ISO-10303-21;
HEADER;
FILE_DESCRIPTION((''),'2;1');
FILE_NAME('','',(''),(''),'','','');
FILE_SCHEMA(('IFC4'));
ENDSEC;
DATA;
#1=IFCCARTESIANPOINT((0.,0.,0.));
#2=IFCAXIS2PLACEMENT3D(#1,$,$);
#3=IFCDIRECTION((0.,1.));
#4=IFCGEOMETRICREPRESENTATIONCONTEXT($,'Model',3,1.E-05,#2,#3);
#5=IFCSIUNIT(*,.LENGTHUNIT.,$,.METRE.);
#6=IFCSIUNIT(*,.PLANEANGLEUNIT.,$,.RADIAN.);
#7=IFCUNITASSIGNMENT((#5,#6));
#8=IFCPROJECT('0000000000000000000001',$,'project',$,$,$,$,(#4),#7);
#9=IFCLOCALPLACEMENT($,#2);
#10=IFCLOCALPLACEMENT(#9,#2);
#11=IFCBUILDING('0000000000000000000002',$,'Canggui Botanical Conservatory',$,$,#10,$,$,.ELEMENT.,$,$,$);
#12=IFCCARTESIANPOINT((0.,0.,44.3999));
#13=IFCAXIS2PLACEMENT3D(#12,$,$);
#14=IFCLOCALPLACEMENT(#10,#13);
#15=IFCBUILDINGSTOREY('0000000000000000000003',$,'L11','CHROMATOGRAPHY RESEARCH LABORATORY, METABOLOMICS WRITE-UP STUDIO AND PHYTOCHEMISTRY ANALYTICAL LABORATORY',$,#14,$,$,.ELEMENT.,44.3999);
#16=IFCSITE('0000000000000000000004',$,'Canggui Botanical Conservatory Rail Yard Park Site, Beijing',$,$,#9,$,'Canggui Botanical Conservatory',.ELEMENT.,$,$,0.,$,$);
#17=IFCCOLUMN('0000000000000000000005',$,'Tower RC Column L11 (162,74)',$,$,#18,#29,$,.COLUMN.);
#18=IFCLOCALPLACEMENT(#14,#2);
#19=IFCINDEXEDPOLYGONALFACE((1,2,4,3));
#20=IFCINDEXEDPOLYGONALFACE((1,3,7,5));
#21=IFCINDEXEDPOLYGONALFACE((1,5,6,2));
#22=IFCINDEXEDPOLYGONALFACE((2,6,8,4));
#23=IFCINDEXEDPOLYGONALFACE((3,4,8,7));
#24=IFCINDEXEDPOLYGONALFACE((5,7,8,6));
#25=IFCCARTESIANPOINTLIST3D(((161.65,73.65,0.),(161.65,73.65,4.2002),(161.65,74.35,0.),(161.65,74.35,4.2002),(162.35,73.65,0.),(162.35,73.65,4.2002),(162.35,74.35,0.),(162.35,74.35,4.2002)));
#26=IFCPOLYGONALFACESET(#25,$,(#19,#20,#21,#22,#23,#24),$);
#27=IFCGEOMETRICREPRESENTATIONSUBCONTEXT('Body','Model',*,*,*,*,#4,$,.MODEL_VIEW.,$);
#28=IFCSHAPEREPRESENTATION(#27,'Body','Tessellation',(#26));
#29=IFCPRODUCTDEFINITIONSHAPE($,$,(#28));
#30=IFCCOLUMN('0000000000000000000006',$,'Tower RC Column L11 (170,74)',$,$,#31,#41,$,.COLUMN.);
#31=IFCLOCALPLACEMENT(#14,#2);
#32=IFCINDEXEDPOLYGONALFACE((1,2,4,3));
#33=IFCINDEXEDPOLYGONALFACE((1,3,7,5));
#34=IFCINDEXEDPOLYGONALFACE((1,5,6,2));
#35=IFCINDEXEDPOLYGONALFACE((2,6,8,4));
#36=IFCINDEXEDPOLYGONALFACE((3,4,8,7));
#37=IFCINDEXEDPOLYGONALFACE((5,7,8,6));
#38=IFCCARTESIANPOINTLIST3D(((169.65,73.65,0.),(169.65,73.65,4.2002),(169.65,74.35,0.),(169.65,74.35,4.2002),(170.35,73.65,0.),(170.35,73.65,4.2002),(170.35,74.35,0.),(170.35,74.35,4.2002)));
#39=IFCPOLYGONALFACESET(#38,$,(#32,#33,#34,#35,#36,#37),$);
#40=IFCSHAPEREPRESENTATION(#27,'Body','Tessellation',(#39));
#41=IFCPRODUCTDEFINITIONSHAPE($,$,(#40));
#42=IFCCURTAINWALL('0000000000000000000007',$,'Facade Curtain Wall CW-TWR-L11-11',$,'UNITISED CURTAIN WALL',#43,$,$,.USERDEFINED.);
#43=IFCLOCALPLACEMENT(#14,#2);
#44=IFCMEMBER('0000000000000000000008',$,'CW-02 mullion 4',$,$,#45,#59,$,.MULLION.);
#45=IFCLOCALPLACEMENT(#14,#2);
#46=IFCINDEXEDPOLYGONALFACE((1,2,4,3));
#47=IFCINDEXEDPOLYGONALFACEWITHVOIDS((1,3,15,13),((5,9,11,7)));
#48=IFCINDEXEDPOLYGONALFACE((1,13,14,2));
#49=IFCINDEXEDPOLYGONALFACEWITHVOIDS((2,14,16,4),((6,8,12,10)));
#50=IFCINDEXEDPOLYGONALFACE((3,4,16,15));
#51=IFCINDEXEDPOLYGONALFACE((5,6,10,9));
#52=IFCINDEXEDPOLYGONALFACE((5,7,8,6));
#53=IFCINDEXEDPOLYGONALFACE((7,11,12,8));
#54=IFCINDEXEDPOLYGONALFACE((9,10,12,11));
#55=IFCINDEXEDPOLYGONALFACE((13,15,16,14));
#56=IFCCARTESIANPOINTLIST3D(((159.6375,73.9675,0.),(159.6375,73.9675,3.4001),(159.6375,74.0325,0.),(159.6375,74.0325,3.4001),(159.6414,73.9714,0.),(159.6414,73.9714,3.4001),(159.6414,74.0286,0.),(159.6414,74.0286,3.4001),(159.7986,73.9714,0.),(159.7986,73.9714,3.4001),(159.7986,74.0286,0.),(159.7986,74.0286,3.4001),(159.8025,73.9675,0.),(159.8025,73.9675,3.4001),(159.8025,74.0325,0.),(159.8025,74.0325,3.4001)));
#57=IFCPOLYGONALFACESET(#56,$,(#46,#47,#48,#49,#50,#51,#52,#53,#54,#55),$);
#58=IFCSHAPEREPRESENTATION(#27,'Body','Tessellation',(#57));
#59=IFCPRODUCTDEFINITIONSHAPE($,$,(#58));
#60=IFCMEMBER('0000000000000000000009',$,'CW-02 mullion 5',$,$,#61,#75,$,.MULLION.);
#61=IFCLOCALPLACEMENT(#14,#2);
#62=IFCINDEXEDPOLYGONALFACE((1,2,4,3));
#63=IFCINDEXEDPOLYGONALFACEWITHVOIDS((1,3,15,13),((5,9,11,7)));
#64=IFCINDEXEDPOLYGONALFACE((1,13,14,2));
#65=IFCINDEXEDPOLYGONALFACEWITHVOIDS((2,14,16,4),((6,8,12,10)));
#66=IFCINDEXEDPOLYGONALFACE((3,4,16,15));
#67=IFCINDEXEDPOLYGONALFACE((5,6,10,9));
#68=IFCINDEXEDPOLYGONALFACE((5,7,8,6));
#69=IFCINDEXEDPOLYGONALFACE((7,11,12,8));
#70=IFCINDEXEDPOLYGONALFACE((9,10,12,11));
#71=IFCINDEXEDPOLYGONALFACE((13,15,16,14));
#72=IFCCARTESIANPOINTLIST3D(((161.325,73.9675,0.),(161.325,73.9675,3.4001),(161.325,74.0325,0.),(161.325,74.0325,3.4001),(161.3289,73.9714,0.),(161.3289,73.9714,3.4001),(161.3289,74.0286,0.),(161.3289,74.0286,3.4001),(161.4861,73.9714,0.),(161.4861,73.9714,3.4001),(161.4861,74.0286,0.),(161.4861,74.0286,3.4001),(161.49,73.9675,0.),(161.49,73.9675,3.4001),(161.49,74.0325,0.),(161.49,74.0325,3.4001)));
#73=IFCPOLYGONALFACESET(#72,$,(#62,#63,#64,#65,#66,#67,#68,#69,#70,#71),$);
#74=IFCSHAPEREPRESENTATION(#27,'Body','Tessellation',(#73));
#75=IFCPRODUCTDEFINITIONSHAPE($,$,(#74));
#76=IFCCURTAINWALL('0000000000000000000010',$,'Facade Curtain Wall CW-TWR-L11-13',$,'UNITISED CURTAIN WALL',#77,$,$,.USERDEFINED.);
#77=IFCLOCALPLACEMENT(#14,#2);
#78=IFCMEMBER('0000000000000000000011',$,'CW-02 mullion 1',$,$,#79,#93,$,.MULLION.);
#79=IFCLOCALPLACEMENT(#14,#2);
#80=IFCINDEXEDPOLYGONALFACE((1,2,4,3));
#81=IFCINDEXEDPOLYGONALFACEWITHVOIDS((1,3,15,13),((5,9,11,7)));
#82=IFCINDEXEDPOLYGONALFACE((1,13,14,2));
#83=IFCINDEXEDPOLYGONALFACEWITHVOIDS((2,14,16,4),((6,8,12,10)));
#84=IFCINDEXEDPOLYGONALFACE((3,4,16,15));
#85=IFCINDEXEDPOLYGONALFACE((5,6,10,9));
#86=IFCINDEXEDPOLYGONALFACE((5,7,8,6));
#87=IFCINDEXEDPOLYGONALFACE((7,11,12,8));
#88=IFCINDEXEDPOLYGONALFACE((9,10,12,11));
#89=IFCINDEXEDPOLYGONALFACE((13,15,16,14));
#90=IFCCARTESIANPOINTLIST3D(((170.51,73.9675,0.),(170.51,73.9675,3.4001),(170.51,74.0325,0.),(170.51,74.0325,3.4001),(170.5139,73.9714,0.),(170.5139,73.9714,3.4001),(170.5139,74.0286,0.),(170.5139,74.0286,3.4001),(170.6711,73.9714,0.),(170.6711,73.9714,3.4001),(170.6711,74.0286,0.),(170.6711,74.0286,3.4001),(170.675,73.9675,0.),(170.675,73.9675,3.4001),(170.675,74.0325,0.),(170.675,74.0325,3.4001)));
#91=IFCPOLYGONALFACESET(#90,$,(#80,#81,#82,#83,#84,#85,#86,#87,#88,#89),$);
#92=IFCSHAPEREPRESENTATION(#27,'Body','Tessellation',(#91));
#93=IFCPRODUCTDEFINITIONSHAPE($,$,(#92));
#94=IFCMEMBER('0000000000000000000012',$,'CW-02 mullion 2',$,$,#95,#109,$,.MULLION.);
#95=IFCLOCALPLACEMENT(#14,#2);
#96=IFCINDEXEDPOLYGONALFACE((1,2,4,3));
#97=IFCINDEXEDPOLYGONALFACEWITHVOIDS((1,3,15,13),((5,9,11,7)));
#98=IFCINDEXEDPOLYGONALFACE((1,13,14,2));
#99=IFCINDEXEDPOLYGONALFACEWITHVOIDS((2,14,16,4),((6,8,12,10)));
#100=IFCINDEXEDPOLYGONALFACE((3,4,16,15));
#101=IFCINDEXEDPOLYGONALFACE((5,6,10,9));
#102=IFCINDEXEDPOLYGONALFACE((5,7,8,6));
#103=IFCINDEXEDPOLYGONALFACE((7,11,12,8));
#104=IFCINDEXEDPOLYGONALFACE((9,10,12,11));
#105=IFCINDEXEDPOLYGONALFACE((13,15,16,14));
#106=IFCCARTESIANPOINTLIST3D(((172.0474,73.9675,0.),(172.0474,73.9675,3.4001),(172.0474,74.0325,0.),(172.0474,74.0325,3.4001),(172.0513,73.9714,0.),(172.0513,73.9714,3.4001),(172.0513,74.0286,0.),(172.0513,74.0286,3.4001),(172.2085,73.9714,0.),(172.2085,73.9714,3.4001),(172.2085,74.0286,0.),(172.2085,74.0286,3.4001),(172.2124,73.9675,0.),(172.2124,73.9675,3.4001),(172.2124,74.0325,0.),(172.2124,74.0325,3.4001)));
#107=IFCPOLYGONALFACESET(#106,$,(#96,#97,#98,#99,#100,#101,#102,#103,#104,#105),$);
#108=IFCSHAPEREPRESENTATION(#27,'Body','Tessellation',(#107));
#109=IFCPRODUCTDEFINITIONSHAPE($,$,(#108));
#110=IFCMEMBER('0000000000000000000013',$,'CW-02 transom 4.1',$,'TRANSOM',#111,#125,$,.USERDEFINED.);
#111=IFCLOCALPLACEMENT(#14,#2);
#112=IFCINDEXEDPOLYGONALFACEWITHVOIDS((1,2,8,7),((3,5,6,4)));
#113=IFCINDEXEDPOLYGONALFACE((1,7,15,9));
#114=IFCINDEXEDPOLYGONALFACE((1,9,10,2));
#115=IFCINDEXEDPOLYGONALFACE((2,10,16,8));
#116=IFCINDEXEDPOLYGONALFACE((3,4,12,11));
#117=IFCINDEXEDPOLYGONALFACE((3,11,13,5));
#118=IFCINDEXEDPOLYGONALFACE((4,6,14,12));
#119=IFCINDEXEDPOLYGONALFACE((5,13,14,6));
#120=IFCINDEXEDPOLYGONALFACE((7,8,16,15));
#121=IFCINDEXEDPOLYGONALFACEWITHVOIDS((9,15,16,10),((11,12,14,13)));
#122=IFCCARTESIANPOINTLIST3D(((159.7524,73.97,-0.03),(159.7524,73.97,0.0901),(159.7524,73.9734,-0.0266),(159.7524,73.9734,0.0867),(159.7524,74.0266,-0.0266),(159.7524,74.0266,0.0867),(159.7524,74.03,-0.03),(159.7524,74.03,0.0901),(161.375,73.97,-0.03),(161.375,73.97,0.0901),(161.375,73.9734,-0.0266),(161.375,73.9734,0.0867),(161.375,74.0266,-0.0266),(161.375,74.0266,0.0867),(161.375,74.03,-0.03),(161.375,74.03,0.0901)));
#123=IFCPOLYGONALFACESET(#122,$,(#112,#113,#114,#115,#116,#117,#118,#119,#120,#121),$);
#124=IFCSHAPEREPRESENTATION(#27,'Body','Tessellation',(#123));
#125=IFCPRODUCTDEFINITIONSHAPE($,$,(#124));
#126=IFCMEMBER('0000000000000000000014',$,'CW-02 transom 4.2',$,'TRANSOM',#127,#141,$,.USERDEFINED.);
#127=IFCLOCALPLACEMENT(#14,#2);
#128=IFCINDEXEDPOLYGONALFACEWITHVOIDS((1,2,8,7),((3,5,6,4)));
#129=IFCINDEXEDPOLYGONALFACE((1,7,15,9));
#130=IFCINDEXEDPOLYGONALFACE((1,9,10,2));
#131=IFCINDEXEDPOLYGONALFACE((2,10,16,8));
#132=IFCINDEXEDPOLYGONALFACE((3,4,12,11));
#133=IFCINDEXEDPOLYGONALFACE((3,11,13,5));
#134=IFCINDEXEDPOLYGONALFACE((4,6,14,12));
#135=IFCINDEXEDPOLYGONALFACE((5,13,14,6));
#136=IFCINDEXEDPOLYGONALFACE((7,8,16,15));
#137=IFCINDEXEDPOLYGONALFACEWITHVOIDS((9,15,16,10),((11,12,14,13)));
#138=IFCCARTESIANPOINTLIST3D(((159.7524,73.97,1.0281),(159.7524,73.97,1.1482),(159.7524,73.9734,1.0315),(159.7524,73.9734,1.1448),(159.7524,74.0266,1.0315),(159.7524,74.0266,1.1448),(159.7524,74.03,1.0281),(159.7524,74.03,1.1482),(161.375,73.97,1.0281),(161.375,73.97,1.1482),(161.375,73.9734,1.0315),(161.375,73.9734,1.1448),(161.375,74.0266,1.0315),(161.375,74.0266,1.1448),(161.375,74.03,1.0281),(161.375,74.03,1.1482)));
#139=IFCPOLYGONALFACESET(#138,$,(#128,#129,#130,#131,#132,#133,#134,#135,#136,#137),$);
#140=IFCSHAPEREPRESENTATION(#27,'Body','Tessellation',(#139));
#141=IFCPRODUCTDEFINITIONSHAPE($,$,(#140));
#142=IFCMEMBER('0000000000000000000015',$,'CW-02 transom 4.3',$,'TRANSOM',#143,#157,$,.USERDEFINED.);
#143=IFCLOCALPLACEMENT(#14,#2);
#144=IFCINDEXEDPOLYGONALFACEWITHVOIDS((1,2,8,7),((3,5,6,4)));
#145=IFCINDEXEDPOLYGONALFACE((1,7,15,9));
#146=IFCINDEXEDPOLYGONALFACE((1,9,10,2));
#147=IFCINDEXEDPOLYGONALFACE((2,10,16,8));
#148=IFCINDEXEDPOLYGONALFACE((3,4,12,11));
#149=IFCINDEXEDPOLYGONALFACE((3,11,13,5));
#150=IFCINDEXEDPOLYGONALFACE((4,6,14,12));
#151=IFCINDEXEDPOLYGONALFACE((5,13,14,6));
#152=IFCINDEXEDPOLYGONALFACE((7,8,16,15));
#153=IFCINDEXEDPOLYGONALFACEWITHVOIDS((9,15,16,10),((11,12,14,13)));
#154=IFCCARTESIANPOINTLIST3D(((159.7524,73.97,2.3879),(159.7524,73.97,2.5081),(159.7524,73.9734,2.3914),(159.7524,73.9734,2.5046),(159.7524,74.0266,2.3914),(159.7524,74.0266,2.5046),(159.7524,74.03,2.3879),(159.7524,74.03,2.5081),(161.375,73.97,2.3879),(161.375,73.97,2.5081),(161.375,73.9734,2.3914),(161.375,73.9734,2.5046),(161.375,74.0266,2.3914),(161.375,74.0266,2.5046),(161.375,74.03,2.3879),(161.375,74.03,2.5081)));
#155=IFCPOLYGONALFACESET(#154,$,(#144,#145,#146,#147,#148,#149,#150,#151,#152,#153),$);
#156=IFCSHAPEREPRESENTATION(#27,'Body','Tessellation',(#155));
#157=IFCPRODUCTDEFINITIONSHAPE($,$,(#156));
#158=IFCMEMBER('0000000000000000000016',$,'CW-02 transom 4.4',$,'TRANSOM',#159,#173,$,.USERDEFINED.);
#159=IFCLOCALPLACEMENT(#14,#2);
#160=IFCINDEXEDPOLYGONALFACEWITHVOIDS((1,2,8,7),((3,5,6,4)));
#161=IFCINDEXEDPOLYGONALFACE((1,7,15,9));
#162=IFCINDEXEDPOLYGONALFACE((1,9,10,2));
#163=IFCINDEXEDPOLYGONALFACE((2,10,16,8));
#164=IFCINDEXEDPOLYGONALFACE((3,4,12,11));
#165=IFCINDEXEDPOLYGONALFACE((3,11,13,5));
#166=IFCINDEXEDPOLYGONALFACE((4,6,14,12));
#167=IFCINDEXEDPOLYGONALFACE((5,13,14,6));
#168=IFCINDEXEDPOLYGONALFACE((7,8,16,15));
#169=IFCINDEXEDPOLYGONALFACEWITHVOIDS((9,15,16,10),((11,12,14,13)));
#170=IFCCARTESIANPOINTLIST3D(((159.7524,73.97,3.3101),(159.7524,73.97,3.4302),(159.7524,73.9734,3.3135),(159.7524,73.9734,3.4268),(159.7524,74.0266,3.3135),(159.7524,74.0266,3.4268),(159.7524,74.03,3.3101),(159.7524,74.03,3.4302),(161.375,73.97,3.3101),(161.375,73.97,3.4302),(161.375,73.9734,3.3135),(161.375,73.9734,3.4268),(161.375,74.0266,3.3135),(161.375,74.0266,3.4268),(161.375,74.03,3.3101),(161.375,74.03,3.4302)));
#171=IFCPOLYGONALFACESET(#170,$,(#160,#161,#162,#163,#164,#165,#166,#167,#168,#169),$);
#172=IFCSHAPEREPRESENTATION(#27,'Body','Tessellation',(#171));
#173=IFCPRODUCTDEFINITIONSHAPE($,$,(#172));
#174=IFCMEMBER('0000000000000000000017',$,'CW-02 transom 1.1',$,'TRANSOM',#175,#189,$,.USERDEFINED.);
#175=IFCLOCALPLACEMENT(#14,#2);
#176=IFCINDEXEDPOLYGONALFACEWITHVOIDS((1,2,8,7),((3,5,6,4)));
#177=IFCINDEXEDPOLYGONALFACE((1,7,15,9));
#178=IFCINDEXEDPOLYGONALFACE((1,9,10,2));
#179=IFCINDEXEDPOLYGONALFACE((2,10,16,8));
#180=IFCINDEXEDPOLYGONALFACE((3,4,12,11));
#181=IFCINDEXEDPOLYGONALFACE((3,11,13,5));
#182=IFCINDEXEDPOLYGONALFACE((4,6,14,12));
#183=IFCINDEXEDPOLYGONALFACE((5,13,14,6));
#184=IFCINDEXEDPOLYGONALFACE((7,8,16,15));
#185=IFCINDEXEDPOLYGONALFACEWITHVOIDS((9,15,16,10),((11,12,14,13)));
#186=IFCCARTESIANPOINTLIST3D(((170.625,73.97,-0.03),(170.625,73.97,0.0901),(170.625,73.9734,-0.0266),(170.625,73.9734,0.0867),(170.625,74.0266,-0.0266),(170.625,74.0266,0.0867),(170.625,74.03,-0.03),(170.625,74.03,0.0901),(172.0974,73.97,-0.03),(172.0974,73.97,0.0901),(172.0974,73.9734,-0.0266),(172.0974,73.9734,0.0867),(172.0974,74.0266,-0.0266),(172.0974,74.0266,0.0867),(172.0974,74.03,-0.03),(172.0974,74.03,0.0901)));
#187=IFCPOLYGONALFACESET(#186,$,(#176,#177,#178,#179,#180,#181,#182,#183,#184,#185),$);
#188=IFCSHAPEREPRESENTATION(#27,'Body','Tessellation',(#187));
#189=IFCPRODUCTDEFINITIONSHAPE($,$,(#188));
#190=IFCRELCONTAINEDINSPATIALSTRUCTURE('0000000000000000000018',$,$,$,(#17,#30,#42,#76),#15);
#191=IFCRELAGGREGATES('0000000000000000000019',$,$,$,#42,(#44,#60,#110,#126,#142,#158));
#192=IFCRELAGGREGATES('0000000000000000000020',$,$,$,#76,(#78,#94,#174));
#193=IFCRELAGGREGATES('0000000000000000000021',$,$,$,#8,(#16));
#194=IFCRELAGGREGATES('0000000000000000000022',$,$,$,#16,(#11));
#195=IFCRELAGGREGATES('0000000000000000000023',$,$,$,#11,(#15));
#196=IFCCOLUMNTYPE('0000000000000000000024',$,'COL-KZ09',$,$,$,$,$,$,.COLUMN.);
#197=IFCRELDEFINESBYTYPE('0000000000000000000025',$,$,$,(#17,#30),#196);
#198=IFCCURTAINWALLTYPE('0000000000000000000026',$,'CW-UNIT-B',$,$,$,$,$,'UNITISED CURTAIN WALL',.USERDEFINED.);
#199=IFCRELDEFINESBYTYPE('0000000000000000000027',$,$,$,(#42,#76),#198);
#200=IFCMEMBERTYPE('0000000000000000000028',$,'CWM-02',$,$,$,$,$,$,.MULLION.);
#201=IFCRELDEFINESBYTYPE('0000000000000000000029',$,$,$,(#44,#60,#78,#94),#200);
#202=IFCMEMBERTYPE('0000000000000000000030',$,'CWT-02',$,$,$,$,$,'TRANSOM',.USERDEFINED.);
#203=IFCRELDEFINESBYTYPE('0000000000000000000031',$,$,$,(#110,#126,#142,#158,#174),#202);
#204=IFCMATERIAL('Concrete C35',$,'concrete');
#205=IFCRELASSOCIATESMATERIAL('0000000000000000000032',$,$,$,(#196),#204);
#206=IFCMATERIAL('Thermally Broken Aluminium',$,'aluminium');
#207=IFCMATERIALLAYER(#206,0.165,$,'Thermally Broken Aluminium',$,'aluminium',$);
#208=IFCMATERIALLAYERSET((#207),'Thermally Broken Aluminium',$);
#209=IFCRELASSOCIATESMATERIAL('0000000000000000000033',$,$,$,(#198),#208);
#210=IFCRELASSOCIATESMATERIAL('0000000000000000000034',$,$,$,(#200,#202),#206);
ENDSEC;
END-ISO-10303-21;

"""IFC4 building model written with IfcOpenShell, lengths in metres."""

from ifc_helpers import new_model, si_unit, direction, frame, origin, origin_2d, place, context, subcontext, project, spatial, rectangle, hollow_rectangle, extrude, material, layer, layer_set, material_profile, profile_set, type_object, element, aggregate, save


model = new_model("IFC4")

# Units and contexts
model_context = context("Model", 3, precision=1e-05, world=origin(), true_north=direction((0.0, 1.0)))
body_context = subcontext(model_context, "Body", "Model", "MODEL_VIEW")
ifc_project = project(units=[si_unit("LENGTHUNIT", "METRE"), si_unit("PLANEANGLEUNIT", "RADIAN")], contexts=[model_context])

# Site, building, storey
site_placement = place(None, origin())
site = spatial("IfcSite", under=ifc_project, at=site_placement, Name="Canggui Botanical Conservatory Rail Yard Park Site, Beijing", LongName="Canggui Botanical Conservatory", CompositionType="ELEMENT", RefElevation=0.0)
building_placement = place(site_placement, origin())
building = spatial("IfcBuilding", under=site, at=building_placement, Name="Canggui Botanical Conservatory", CompositionType="ELEMENT")
storey_placement = place(building_placement, frame((0.0, 0.0, 44.3999)))
storey = spatial("IfcBuildingStorey", under=building, at=storey_placement, Name="L11", Description="CHROMATOGRAPHY RESEARCH LABORATORY, METABOLOMICS WRITE-UP STUDIO AND PHYTOCHEMISTRY ANALYTICAL LABORATORY", CompositionType="ELEMENT", Elevation=44.3999)

# Columns
ifc_material_1 = material(Name="Concrete C35", Category="concrete")
ifc_material_profile_1 = material_profile(ifc_material_1, rectangle(XDim=0.7, YDim=0.7, at=origin_2d()), Name="RC 700x700")
ifc_profile_set_1 = profile_set([ifc_material_profile_1], Name="Concrete C35")
column_type = type_object("IfcColumnType", Name="COL-KZ09", PredefinedType="COLUMN", material=ifc_profile_set_1)
for number, where, z_axis, x_axis, name in (
    (1, (162.0, 74.0, 0.0), (0.0, 0.0, 1.0), (1.0, 0.0, 0.0), "Tower RC Column L11 (162,74)"),
    (2, (170.0, 74.0, 0.0), (0.0, 0.0, 1.0), (1.0, 0.0, 0.0), "Tower RC Column L11 (170,74)"),
):
    element("IfcColumn", number, at=place(storey_placement, frame(where, z_axis=z_axis, x_axis=x_axis)), inside=storey, type_object=column_type, Name=name, PredefinedType="COLUMN", context=body_context, shape_type="SweptSolid", body=[
        extrude(rectangle(XDim=0.7, YDim=0.7, at=origin_2d()), origin(), (0.0, 0.0, 1.0), 4.2002),
    ])

# Curtain walls, members
ifc_material_2 = material(Name="Thermally Broken Aluminium", Category="aluminium")
ifc_layer_1 = layer(ifc_material_2, 0.165, Name="Thermally Broken Aluminium", Category="aluminium")
ifc_layer_set_1 = layer_set([ifc_layer_1], Name="Thermally Broken Aluminium")
curtain_wall_type = type_object("IfcCurtainWallType", Name="CW-UNIT-B", ElementType="UNITISED CURTAIN WALL", PredefinedType="USERDEFINED", material=ifc_layer_set_1)
curtain_wall_1_placement = place(storey_placement, origin())
curtain_wall_1 = element("IfcCurtainWall", 3, at=curtain_wall_1_placement, inside=storey, type_object=curtain_wall_type, Name="Facade Curtain Wall CW-TWR-L11-11", ObjectType="UNITISED CURTAIN WALL", PredefinedType="USERDEFINED")
ifc_material_profile_2 = material_profile(ifc_material_2, hollow_rectangle(XDim=0.0649, YDim=0.165, WallThickness=0.0039, at=origin_2d()), Name="CWM 65x165x4")
ifc_profile_set_2 = profile_set([ifc_material_profile_2], Name="Thermally Broken Aluminium")
member_type_1 = type_object("IfcMemberType", Name="CWM-02", PredefinedType="MULLION", material=ifc_profile_set_2)
member_1_placement = place(storey_placement, frame((159.72, 74.0, 0.0), z_axis=(0.0, 0.0, 1.0), x_axis=(0.0, 1.0, 0.0)))
member_1 = element("IfcMember", 4, at=member_1_placement, type_object=member_type_1, Name="CW-02 mullion 4", PredefinedType="MULLION", context=body_context, shape_type="SweptSolid", body=[
    extrude(hollow_rectangle(XDim=0.0649, YDim=0.165, WallThickness=0.0039, at=origin_2d()), origin(), (0.0, 0.0, 1.0), 3.4001),
])
member_2_placement = place(storey_placement, frame((161.4075, 74.0, 0.0), z_axis=(0.0, 0.0, 1.0), x_axis=(0.0, 1.0, 0.0)))
member_2 = element("IfcMember", 5, at=member_2_placement, type_object=member_type_1, Name="CW-02 mullion 5", PredefinedType="MULLION", context=body_context, shape_type="SweptSolid", body=[
    extrude(hollow_rectangle(XDim=0.0649, YDim=0.165, WallThickness=0.0039, at=origin_2d()), origin(), (0.0, 0.0, 1.0), 3.4001),
])
curtain_wall_2_placement = place(storey_placement, origin())
curtain_wall_2 = element("IfcCurtainWall", 6, at=curtain_wall_2_placement, inside=storey, type_object=curtain_wall_type, Name="Facade Curtain Wall CW-TWR-L11-13", ObjectType="UNITISED CURTAIN WALL", PredefinedType="USERDEFINED")
member_3_placement = place(storey_placement, frame((170.5925, 74.0, 0.0), z_axis=(0.0, 0.0, 1.0), x_axis=(0.0, 1.0, 0.0)))
member_3 = element("IfcMember", 7, at=member_3_placement, type_object=member_type_1, Name="CW-02 mullion 1", PredefinedType="MULLION", context=body_context, shape_type="SweptSolid", body=[
    extrude(hollow_rectangle(XDim=0.0649, YDim=0.165, WallThickness=0.0039, at=origin_2d()), origin(), (0.0, 0.0, 1.0), 3.4001),
])
member_4_placement = place(storey_placement, frame((172.1299, 74.0, 0.0), z_axis=(0.0, 0.0, 1.0), x_axis=(0.0, 1.0, 0.0)))
member_4 = element("IfcMember", 8, at=member_4_placement, type_object=member_type_1, Name="CW-02 mullion 2", PredefinedType="MULLION", context=body_context, shape_type="SweptSolid", body=[
    extrude(hollow_rectangle(XDim=0.0649, YDim=0.165, WallThickness=0.0039, at=origin_2d()), origin(), (0.0, 0.0, 1.0), 3.4001),
])

# Members
ifc_material_profile_3 = material_profile(ifc_material_2, hollow_rectangle(XDim=0.0601, YDim=0.1201, WallThickness=0.0034, at=origin_2d()), Name="CWT 60x120x3.5")
ifc_profile_set_3 = profile_set([ifc_material_profile_3], Name="Thermally Broken Aluminium")
member_type_2 = type_object("IfcMemberType", Name="CWT-02", ElementType="TRANSOM", PredefinedType="USERDEFINED", material=ifc_profile_set_3)
member_5_placement = place(storey_placement, frame((159.7524, 74.0, 0.03), z_axis=(1.0, 0.0, 0.0), x_axis=(0.0, 1.0, 0.0)))
member_5 = element("IfcMember", 9, at=member_5_placement, type_object=member_type_2, Name="CW-02 transom 4.1", ObjectType="TRANSOM", PredefinedType="USERDEFINED", context=body_context, shape_type="SweptSolid", body=[
    extrude(hollow_rectangle(XDim=0.0601, YDim=0.1201, WallThickness=0.0034, at=origin_2d()), origin(), (0.0, 0.0, 1.0), 1.6226),
])
member_6_placement = place(storey_placement, frame((159.7524, 74.0, 1.0881), z_axis=(1.0, 0.0, 0.0), x_axis=(0.0, 1.0, 0.0)))
member_6 = element("IfcMember", 10, at=member_6_placement, type_object=member_type_2, Name="CW-02 transom 4.2", ObjectType="TRANSOM", PredefinedType="USERDEFINED", context=body_context, shape_type="SweptSolid", body=[
    extrude(hollow_rectangle(XDim=0.0601, YDim=0.1201, WallThickness=0.0034, at=origin_2d()), origin(), (0.0, 0.0, 1.0), 1.6226),
])
member_7_placement = place(storey_placement, frame((159.7524, 74.0, 2.448), z_axis=(1.0, 0.0, 0.0), x_axis=(0.0, 1.0, 0.0)))
member_7 = element("IfcMember", 11, at=member_7_placement, type_object=member_type_2, Name="CW-02 transom 4.3", ObjectType="TRANSOM", PredefinedType="USERDEFINED", context=body_context, shape_type="SweptSolid", body=[
    extrude(hollow_rectangle(XDim=0.0601, YDim=0.1201, WallThickness=0.0034, at=origin_2d()), origin(), (0.0, 0.0, 1.0), 1.6226),
])
member_8_placement = place(storey_placement, frame((159.7524, 74.0, 3.3701), z_axis=(1.0, 0.0, 0.0), x_axis=(0.0, 1.0, 0.0)))
member_8 = element("IfcMember", 12, at=member_8_placement, type_object=member_type_2, Name="CW-02 transom 4.4", ObjectType="TRANSOM", PredefinedType="USERDEFINED", context=body_context, shape_type="SweptSolid", body=[
    extrude(hollow_rectangle(XDim=0.0601, YDim=0.1201, WallThickness=0.0034, at=origin_2d()), origin(), (0.0, 0.0, 1.0), 1.6226),
])
member_9_placement = place(storey_placement, frame((170.625, 74.0, 0.03), z_axis=(1.0, 0.0, 0.0), x_axis=(0.0, 1.0, 0.0)))
member_9 = element("IfcMember", 13, at=member_9_placement, type_object=member_type_2, Name="CW-02 transom 1.1", ObjectType="TRANSOM", PredefinedType="USERDEFINED", context=body_context, shape_type="SweptSolid", body=[
    extrude(hollow_rectangle(XDim=0.0601, YDim=0.1201, WallThickness=0.0034, at=origin_2d()), origin(), (0.0, 0.0, 1.0), 1.4724),
])

aggregate(curtain_wall_1, [member_1, member_2, member_5, member_6, member_7, member_8])
aggregate(curtain_wall_2, [member_3, member_4, member_9])

save(model, "model.ifc")
